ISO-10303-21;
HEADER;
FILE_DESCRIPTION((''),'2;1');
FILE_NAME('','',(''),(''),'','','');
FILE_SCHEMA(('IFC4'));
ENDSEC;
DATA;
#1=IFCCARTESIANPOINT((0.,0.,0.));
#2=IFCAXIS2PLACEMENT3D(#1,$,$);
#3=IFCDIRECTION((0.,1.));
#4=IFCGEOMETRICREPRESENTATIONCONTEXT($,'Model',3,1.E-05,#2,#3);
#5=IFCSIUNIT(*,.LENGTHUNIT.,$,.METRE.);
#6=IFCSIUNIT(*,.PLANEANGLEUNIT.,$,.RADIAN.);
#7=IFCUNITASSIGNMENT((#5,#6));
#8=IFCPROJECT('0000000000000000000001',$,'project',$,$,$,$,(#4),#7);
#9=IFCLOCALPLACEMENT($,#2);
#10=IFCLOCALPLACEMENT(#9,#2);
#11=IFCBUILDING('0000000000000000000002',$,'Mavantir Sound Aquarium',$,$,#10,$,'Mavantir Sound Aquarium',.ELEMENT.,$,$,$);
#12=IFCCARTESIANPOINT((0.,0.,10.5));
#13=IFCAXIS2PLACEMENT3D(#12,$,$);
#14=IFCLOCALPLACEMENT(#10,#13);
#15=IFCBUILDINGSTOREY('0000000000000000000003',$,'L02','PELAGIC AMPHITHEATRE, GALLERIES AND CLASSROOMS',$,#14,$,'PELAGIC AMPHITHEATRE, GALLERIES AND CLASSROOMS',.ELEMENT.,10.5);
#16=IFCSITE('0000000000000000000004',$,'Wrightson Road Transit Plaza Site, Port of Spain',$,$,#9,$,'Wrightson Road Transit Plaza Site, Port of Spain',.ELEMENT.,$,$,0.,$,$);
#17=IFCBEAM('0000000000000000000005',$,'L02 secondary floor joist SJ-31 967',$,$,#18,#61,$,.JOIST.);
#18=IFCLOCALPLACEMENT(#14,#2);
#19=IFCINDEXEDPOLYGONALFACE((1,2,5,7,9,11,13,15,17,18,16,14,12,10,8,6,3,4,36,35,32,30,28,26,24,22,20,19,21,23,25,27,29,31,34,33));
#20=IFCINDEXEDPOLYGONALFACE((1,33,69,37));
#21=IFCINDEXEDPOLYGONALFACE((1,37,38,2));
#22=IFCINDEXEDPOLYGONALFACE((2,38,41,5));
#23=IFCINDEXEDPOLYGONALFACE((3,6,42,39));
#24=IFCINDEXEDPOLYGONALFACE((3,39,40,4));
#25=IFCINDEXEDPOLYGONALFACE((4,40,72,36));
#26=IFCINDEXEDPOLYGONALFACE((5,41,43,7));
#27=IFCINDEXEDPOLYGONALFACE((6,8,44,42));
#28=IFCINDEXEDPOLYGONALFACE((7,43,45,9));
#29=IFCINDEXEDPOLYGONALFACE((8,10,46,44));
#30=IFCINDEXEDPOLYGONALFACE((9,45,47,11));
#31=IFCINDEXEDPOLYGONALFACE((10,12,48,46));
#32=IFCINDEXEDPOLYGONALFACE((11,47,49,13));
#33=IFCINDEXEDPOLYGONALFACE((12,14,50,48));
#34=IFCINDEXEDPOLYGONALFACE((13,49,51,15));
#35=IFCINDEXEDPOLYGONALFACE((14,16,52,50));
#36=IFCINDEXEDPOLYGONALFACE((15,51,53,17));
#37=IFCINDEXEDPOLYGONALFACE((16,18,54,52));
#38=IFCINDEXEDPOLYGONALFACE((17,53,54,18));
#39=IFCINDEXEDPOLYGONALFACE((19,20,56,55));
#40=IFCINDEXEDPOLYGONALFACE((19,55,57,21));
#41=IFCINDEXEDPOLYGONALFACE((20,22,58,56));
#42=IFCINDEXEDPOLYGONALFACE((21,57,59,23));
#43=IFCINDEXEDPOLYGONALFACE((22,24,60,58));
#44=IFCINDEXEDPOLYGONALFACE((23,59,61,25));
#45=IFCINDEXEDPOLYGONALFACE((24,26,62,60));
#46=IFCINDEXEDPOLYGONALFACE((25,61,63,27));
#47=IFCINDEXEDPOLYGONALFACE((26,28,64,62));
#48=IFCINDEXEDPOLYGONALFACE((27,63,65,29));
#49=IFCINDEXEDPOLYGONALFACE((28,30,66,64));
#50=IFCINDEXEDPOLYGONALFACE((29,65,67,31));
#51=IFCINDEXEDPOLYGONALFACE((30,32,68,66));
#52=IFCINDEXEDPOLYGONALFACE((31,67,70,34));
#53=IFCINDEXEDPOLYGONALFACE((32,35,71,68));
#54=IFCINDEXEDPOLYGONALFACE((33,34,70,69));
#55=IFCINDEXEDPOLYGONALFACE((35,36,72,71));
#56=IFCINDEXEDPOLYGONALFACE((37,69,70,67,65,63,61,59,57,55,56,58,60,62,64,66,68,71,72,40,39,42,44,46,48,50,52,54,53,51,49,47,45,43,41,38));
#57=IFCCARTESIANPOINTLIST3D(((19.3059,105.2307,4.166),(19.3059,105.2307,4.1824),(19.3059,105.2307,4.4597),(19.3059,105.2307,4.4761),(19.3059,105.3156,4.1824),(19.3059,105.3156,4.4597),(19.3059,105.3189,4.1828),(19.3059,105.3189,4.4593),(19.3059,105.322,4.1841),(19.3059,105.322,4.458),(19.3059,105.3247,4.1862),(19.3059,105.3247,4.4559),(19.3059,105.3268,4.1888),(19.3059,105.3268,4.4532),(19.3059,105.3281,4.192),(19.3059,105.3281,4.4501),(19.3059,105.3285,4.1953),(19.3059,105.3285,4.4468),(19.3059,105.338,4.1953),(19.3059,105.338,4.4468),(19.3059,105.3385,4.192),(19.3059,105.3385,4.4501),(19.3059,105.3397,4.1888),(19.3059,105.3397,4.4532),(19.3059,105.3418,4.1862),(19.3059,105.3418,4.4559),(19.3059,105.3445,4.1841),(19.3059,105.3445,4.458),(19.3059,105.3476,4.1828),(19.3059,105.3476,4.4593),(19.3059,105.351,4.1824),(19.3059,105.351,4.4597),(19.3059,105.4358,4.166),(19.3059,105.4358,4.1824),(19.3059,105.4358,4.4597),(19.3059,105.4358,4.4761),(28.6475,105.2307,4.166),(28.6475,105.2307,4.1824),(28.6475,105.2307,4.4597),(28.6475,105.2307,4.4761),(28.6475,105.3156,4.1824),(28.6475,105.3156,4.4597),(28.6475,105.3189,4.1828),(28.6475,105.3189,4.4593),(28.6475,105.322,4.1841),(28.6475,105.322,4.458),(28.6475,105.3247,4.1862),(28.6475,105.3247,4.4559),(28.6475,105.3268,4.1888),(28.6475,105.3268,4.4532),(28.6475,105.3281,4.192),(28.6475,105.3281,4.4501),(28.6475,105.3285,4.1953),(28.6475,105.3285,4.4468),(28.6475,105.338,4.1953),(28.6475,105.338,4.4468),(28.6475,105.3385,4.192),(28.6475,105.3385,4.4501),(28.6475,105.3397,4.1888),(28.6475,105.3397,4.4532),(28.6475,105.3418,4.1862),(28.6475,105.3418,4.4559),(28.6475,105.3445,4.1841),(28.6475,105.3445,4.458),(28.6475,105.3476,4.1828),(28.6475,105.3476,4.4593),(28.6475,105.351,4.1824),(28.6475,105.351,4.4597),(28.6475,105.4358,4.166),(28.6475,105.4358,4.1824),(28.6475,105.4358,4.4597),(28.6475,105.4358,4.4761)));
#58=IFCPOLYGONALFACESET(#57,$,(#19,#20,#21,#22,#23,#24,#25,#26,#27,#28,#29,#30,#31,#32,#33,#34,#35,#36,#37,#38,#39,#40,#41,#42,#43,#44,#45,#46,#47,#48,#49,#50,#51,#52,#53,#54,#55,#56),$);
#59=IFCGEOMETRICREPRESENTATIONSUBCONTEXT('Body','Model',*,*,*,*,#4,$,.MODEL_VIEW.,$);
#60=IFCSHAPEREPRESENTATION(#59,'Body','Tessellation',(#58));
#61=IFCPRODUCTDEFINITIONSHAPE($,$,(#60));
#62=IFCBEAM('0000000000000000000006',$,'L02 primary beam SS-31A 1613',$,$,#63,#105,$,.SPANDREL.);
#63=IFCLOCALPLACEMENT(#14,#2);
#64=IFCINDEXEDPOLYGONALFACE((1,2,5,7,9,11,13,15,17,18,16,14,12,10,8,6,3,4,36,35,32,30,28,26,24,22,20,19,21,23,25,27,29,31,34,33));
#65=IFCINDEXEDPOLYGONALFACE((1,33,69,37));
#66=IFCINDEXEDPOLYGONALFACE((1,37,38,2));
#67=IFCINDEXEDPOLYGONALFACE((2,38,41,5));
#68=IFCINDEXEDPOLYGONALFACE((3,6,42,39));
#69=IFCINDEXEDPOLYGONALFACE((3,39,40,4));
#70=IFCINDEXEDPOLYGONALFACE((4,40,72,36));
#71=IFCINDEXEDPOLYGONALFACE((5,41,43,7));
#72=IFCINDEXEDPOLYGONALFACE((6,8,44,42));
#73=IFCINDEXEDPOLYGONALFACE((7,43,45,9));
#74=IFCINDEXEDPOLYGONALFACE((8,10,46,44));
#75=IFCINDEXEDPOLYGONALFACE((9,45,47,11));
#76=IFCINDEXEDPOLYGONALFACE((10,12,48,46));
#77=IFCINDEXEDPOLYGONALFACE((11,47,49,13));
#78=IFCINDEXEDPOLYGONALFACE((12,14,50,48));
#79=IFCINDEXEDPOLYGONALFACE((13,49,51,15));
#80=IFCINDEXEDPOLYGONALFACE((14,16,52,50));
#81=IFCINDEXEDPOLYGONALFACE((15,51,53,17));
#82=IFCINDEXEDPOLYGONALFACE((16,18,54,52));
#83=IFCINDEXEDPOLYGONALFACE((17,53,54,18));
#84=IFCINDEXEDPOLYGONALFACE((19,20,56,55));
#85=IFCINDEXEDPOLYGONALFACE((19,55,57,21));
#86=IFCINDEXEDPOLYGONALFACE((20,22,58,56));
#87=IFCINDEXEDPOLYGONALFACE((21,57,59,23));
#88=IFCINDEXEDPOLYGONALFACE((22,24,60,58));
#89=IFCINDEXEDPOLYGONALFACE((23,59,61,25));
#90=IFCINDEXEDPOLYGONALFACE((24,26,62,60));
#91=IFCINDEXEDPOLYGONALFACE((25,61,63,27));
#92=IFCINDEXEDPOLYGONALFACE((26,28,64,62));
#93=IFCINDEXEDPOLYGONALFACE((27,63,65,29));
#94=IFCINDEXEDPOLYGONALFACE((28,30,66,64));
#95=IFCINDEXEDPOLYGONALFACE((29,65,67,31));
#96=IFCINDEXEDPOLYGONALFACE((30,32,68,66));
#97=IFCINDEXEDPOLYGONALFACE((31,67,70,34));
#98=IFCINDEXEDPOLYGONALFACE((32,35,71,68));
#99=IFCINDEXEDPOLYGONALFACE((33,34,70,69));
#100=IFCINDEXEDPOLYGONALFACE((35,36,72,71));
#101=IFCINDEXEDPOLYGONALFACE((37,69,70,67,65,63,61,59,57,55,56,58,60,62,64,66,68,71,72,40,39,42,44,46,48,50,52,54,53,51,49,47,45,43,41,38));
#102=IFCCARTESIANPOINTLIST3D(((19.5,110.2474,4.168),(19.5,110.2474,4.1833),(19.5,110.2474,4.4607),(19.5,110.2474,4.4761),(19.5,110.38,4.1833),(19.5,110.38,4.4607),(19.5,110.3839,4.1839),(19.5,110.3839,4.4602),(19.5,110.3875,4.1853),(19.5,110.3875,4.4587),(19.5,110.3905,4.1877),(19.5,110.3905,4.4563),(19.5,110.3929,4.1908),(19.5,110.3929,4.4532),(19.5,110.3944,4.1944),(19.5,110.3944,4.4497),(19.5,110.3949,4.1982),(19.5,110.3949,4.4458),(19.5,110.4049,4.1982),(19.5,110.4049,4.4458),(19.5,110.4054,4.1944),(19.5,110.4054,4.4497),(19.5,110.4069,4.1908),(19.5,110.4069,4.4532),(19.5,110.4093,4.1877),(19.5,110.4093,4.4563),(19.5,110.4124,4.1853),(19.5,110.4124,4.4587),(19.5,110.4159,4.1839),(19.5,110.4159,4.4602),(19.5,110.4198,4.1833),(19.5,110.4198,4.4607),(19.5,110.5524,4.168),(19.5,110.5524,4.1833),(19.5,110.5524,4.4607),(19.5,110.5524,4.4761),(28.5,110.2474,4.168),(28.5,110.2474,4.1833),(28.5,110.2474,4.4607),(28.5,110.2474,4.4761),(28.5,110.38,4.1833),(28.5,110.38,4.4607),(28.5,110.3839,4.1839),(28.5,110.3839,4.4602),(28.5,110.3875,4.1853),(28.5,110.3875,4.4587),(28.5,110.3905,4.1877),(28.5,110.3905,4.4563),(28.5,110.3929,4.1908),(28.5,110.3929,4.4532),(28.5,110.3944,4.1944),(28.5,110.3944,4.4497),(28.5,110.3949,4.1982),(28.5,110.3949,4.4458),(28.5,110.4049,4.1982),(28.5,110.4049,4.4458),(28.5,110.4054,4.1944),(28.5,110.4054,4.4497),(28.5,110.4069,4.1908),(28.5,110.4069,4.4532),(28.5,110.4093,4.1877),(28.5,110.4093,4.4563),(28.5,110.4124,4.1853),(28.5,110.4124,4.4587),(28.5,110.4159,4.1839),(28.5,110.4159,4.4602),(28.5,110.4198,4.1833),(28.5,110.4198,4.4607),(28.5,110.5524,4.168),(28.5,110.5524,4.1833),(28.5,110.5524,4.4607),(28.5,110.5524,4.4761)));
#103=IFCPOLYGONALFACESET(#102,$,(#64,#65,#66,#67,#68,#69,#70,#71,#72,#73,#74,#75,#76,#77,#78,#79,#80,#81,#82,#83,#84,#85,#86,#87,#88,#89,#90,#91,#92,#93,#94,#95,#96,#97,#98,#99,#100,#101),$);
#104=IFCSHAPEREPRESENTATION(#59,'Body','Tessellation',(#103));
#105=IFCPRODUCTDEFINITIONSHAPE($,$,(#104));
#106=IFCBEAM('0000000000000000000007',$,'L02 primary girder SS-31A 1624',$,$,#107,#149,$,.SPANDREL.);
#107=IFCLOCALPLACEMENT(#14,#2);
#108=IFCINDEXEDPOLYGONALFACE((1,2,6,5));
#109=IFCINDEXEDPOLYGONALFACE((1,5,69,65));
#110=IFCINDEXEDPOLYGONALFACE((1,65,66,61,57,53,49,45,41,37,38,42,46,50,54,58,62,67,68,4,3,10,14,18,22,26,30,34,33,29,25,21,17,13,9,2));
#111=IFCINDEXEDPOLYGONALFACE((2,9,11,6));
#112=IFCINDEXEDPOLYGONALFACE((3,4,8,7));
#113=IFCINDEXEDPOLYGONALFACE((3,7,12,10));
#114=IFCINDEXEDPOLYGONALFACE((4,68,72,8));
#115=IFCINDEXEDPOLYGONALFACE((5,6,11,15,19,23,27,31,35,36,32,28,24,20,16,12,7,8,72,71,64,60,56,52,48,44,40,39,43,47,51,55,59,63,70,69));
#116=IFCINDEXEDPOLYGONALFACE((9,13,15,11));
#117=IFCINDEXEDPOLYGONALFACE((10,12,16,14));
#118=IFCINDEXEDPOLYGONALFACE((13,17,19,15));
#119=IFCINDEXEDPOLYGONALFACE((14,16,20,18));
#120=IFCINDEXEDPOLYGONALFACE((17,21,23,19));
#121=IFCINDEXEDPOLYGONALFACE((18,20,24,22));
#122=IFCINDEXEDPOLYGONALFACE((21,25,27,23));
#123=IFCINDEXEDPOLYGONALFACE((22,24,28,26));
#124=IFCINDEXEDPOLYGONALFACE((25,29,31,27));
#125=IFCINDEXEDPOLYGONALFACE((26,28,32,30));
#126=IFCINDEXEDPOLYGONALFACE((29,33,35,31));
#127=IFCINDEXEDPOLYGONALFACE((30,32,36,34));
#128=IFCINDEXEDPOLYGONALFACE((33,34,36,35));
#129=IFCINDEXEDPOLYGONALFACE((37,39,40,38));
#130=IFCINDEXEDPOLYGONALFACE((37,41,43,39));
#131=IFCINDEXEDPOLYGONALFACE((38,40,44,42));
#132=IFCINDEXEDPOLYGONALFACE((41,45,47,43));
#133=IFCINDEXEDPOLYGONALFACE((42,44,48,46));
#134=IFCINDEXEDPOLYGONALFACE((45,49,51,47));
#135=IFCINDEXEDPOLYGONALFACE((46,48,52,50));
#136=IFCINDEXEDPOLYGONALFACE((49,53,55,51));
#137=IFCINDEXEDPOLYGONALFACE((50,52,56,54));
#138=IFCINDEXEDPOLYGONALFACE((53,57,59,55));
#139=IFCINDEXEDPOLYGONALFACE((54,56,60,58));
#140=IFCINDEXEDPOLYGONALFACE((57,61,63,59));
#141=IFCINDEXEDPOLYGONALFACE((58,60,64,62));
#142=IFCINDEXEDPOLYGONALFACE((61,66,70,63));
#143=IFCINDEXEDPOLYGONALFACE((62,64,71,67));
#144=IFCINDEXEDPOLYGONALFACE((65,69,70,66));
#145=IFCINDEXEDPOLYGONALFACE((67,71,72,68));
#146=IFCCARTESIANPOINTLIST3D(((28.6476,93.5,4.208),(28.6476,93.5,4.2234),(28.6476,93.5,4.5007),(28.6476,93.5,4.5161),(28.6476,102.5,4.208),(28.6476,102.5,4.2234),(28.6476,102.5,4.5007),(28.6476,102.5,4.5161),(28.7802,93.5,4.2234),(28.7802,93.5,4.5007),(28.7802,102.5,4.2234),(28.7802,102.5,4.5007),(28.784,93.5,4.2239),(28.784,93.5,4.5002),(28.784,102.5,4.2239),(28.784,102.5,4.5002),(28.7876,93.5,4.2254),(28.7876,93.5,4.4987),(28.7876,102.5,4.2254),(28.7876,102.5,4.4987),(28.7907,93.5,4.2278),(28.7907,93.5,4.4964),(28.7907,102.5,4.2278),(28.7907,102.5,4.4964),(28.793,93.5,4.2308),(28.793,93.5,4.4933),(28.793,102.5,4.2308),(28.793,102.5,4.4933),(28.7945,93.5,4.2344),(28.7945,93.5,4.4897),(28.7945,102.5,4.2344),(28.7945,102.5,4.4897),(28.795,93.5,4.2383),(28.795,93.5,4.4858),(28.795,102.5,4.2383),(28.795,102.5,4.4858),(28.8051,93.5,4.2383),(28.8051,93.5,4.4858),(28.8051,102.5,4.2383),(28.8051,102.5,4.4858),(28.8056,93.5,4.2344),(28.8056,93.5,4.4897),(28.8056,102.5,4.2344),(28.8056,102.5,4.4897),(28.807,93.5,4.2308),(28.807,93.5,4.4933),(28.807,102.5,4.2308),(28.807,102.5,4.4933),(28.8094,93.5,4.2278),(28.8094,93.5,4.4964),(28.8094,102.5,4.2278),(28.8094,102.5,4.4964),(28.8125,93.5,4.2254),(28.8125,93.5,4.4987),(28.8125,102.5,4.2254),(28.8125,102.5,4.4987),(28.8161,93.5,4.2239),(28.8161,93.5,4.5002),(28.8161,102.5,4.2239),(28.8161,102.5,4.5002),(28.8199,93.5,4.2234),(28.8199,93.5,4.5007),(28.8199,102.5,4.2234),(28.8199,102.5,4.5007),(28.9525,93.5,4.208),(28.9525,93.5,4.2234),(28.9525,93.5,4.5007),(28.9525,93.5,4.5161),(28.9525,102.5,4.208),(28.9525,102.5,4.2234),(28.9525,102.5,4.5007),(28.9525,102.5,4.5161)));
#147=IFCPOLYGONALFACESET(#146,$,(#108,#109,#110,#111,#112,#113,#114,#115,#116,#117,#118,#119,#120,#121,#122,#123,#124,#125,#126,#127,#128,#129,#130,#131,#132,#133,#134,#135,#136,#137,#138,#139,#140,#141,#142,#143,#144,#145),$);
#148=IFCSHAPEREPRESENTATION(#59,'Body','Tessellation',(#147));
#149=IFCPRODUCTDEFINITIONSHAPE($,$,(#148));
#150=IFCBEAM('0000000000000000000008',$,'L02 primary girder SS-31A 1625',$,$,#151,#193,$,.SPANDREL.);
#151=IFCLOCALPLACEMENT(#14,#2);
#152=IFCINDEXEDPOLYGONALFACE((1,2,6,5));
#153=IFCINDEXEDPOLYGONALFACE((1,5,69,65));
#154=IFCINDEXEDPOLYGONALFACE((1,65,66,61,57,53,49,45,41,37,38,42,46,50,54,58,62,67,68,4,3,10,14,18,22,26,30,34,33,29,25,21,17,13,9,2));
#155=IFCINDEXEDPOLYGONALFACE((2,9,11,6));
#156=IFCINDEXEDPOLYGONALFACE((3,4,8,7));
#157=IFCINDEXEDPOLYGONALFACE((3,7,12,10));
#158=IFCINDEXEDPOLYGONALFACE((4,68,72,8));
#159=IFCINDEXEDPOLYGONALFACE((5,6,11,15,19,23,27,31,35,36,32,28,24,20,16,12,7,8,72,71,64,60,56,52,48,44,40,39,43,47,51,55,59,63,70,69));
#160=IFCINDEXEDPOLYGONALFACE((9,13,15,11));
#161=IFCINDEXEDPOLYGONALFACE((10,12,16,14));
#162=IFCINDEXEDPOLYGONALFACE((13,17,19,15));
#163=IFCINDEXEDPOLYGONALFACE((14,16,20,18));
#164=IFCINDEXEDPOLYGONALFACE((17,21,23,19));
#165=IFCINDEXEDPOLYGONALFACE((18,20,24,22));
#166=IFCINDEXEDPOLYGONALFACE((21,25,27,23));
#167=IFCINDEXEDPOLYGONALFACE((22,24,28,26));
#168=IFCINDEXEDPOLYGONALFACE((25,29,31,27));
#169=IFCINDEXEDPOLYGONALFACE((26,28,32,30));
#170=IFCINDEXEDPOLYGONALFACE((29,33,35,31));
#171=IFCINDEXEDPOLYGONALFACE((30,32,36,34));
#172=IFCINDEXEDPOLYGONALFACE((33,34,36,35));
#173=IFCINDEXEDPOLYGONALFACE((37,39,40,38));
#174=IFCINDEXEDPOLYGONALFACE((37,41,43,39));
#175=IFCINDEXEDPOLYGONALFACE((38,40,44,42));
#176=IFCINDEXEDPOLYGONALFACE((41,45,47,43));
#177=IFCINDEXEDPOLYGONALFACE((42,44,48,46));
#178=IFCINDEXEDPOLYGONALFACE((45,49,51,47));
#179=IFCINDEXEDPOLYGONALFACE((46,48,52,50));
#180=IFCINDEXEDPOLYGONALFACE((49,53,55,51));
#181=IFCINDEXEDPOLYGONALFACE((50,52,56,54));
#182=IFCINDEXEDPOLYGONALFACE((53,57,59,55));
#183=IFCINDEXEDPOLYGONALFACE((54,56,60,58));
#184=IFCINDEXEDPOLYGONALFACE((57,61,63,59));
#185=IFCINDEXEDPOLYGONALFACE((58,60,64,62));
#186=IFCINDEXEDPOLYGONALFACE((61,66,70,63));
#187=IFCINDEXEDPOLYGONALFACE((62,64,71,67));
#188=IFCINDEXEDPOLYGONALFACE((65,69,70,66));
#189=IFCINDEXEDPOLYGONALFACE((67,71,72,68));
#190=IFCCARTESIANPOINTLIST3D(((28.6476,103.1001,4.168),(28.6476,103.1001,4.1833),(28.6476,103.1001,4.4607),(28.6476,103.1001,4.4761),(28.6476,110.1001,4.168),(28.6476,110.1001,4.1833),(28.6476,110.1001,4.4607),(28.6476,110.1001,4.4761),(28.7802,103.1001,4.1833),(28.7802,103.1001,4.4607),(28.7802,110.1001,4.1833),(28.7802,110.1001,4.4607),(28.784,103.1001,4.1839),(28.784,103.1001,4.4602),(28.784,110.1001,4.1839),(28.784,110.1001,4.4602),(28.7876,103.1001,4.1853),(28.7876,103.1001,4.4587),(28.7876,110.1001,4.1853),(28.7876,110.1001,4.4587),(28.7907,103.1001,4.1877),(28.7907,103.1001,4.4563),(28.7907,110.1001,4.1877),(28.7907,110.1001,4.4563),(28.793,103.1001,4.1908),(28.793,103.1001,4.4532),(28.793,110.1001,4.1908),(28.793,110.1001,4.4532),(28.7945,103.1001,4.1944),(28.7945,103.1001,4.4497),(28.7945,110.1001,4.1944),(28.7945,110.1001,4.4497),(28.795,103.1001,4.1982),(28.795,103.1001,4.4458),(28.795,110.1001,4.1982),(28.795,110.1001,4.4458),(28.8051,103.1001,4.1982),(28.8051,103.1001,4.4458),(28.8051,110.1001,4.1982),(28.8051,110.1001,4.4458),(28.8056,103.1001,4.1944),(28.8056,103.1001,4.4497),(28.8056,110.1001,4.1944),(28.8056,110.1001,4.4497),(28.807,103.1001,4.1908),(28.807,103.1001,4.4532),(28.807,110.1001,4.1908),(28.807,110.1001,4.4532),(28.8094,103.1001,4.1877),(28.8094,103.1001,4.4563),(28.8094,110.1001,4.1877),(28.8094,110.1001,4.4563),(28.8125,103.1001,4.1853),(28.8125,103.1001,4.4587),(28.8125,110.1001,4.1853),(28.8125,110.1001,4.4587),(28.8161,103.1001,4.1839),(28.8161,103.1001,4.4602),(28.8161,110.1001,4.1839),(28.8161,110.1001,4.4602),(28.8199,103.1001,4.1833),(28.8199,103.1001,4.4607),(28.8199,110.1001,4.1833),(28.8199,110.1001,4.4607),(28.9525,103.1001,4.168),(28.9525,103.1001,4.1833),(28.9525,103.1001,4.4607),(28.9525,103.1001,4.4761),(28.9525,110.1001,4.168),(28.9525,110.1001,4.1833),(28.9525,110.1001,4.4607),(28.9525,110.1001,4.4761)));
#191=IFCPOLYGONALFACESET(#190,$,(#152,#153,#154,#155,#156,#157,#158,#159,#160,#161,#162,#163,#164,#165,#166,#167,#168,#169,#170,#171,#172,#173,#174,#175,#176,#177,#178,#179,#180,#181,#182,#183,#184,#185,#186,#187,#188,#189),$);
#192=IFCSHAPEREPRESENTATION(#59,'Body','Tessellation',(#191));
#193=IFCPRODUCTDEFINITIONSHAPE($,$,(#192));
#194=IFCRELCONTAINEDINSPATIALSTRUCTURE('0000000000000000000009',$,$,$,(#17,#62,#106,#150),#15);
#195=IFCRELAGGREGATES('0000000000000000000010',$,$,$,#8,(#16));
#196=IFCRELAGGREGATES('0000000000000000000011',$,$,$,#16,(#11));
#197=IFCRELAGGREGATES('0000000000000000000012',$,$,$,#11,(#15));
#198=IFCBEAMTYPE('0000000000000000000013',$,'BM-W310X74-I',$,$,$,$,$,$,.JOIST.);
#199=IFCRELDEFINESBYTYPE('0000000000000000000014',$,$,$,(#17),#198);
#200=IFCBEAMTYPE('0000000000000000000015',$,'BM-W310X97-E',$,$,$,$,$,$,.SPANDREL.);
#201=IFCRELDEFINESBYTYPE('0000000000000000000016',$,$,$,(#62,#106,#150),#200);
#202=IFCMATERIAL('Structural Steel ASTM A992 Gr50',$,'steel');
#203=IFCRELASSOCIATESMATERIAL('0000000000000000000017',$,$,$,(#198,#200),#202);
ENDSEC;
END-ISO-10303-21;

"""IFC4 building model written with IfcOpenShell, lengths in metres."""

from ifc_helpers import new_model, si_unit, direction, frame, origin, origin_2d, place, context, subcontext, project, spatial, i_section, extrude, material, material_profile, profile_set, type_object, element, save


model = new_model("IFC4")

# Units and contexts
model_context = context("Model", 3, precision=1e-05, world=origin(), true_north=direction((0.0, 1.0)))
body_context = subcontext(model_context, "Body", "Model", "MODEL_VIEW")
ifc_project = project(units=[si_unit("LENGTHUNIT", "METRE"), si_unit("PLANEANGLEUNIT", "RADIAN")], contexts=[model_context])

# Site, building, storey
site_placement = place(None, origin())
site = spatial("IfcSite", under=ifc_project, at=site_placement, Name="Wrightson Road Transit Plaza Site, Port of Spain", LongName="Wrightson Road Transit Plaza Site, Port of Spain", CompositionType="ELEMENT", RefElevation=0.0)
building_placement = place(site_placement, origin())
building = spatial("IfcBuilding", under=site, at=building_placement, Name="Mavantir Sound Aquarium", LongName="Mavantir Sound Aquarium", CompositionType="ELEMENT")
storey_placement = place(building_placement, frame((0.0, 0.0, 10.5)))
storey = spatial("IfcBuildingStorey", under=building, at=storey_placement, Name="L02", Description="PELAGIC AMPHITHEATRE, GALLERIES AND CLASSROOMS", LongName="PELAGIC AMPHITHEATRE, GALLERIES AND CLASSROOMS", CompositionType="ELEMENT", Elevation=10.5)

# Beams
ifc_material_1 = material(Name="Structural Steel ASTM A992 Gr50", Category="steel")
ifc_material_profile_1 = material_profile(ifc_material_1, i_section(OverallWidth=0.2051, OverallDepth=0.3101, WebThickness=0.0095, FlangeThickness=0.0164, FilletRadius=0.0129, at=origin_2d()), Name="W310X74")
ifc_profile_set_1 = profile_set([ifc_material_profile_1], Name="Structural Steel ASTM A992 Gr50")
beam_type_1 = type_object("IfcBeamType", Name="BM-W310X74-I", PredefinedType="JOIST", material=ifc_profile_set_1)
beam_1_placement = place(storey_placement, frame((19.3059, 105.3333, 4.321), z_axis=(1.0, 0.0, 0.0), x_axis=(0.0, 1.0, 0.0)))
element("IfcBeam", 1, at=beam_1_placement, inside=storey, type_object=beam_type_1, Name="L02 secondary floor joist SJ-31 967", PredefinedType="JOIST", context=body_context, shape_type="SweptSolid", body=[
    extrude(i_section(OverallWidth=0.2051, OverallDepth=0.3101, WebThickness=0.0095, FlangeThickness=0.0164, FilletRadius=0.0129, at=origin_2d()), origin(), (0.0, 0.0, 1.0), 9.3416),
])
ifc_material_profile_2 = material_profile(ifc_material_1, i_section(OverallWidth=0.3049, OverallDepth=0.3081, WebThickness=0.01, FlangeThickness=0.0154, FilletRadius=0.0149, at=origin_2d()), Name="W310X97")
ifc_profile_set_2 = profile_set([ifc_material_profile_2], Name="Structural Steel ASTM A992 Gr50")
beam_type_2 = type_object("IfcBeamType", Name="BM-W310X97-E", PredefinedType="SPANDREL", material=ifc_profile_set_2)
for number, where, z_axis, x_axis, name in (
    (2, (19.5, 110.3999, 4.322), (1.0, 0.0, 0.0), (0.0, 1.0, 0.0), "L02 primary beam SS-31A 1613"),
    (3, (28.8, 93.5, 4.3621), (0.0, 1.0, 0.0), (-1.0, 0.0, 0.0), "L02 primary girder SS-31A 1624"),
):
    element("IfcBeam", number, at=place(storey_placement, frame(where, z_axis=z_axis, x_axis=x_axis)), inside=storey, type_object=beam_type_2, Name=name, PredefinedType="SPANDREL", context=body_context, shape_type="SweptSolid", body=[
        extrude(i_section(OverallWidth=0.3049, OverallDepth=0.3081, WebThickness=0.01, FlangeThickness=0.0154, FilletRadius=0.0149, at=origin_2d()), origin(), (0.0, 0.0, 1.0), 9.0),
    ])
beam_2_placement = place(storey_placement, frame((28.8, 103.1001, 4.322), z_axis=(0.0, 1.0, 0.0), x_axis=(-1.0, 0.0, 0.0)))
element("IfcBeam", 4, at=beam_2_placement, inside=storey, type_object=beam_type_2, Name="L02 primary girder SS-31A 1625", PredefinedType="SPANDREL", context=body_context, shape_type="SweptSolid", body=[
    extrude(i_section(OverallWidth=0.3049, OverallDepth=0.3081, WebThickness=0.01, FlangeThickness=0.0154, FilletRadius=0.0149, at=origin_2d()), origin(), (0.0, 0.0, 1.0), 7.0),
])

save(model, "model.ifc")
